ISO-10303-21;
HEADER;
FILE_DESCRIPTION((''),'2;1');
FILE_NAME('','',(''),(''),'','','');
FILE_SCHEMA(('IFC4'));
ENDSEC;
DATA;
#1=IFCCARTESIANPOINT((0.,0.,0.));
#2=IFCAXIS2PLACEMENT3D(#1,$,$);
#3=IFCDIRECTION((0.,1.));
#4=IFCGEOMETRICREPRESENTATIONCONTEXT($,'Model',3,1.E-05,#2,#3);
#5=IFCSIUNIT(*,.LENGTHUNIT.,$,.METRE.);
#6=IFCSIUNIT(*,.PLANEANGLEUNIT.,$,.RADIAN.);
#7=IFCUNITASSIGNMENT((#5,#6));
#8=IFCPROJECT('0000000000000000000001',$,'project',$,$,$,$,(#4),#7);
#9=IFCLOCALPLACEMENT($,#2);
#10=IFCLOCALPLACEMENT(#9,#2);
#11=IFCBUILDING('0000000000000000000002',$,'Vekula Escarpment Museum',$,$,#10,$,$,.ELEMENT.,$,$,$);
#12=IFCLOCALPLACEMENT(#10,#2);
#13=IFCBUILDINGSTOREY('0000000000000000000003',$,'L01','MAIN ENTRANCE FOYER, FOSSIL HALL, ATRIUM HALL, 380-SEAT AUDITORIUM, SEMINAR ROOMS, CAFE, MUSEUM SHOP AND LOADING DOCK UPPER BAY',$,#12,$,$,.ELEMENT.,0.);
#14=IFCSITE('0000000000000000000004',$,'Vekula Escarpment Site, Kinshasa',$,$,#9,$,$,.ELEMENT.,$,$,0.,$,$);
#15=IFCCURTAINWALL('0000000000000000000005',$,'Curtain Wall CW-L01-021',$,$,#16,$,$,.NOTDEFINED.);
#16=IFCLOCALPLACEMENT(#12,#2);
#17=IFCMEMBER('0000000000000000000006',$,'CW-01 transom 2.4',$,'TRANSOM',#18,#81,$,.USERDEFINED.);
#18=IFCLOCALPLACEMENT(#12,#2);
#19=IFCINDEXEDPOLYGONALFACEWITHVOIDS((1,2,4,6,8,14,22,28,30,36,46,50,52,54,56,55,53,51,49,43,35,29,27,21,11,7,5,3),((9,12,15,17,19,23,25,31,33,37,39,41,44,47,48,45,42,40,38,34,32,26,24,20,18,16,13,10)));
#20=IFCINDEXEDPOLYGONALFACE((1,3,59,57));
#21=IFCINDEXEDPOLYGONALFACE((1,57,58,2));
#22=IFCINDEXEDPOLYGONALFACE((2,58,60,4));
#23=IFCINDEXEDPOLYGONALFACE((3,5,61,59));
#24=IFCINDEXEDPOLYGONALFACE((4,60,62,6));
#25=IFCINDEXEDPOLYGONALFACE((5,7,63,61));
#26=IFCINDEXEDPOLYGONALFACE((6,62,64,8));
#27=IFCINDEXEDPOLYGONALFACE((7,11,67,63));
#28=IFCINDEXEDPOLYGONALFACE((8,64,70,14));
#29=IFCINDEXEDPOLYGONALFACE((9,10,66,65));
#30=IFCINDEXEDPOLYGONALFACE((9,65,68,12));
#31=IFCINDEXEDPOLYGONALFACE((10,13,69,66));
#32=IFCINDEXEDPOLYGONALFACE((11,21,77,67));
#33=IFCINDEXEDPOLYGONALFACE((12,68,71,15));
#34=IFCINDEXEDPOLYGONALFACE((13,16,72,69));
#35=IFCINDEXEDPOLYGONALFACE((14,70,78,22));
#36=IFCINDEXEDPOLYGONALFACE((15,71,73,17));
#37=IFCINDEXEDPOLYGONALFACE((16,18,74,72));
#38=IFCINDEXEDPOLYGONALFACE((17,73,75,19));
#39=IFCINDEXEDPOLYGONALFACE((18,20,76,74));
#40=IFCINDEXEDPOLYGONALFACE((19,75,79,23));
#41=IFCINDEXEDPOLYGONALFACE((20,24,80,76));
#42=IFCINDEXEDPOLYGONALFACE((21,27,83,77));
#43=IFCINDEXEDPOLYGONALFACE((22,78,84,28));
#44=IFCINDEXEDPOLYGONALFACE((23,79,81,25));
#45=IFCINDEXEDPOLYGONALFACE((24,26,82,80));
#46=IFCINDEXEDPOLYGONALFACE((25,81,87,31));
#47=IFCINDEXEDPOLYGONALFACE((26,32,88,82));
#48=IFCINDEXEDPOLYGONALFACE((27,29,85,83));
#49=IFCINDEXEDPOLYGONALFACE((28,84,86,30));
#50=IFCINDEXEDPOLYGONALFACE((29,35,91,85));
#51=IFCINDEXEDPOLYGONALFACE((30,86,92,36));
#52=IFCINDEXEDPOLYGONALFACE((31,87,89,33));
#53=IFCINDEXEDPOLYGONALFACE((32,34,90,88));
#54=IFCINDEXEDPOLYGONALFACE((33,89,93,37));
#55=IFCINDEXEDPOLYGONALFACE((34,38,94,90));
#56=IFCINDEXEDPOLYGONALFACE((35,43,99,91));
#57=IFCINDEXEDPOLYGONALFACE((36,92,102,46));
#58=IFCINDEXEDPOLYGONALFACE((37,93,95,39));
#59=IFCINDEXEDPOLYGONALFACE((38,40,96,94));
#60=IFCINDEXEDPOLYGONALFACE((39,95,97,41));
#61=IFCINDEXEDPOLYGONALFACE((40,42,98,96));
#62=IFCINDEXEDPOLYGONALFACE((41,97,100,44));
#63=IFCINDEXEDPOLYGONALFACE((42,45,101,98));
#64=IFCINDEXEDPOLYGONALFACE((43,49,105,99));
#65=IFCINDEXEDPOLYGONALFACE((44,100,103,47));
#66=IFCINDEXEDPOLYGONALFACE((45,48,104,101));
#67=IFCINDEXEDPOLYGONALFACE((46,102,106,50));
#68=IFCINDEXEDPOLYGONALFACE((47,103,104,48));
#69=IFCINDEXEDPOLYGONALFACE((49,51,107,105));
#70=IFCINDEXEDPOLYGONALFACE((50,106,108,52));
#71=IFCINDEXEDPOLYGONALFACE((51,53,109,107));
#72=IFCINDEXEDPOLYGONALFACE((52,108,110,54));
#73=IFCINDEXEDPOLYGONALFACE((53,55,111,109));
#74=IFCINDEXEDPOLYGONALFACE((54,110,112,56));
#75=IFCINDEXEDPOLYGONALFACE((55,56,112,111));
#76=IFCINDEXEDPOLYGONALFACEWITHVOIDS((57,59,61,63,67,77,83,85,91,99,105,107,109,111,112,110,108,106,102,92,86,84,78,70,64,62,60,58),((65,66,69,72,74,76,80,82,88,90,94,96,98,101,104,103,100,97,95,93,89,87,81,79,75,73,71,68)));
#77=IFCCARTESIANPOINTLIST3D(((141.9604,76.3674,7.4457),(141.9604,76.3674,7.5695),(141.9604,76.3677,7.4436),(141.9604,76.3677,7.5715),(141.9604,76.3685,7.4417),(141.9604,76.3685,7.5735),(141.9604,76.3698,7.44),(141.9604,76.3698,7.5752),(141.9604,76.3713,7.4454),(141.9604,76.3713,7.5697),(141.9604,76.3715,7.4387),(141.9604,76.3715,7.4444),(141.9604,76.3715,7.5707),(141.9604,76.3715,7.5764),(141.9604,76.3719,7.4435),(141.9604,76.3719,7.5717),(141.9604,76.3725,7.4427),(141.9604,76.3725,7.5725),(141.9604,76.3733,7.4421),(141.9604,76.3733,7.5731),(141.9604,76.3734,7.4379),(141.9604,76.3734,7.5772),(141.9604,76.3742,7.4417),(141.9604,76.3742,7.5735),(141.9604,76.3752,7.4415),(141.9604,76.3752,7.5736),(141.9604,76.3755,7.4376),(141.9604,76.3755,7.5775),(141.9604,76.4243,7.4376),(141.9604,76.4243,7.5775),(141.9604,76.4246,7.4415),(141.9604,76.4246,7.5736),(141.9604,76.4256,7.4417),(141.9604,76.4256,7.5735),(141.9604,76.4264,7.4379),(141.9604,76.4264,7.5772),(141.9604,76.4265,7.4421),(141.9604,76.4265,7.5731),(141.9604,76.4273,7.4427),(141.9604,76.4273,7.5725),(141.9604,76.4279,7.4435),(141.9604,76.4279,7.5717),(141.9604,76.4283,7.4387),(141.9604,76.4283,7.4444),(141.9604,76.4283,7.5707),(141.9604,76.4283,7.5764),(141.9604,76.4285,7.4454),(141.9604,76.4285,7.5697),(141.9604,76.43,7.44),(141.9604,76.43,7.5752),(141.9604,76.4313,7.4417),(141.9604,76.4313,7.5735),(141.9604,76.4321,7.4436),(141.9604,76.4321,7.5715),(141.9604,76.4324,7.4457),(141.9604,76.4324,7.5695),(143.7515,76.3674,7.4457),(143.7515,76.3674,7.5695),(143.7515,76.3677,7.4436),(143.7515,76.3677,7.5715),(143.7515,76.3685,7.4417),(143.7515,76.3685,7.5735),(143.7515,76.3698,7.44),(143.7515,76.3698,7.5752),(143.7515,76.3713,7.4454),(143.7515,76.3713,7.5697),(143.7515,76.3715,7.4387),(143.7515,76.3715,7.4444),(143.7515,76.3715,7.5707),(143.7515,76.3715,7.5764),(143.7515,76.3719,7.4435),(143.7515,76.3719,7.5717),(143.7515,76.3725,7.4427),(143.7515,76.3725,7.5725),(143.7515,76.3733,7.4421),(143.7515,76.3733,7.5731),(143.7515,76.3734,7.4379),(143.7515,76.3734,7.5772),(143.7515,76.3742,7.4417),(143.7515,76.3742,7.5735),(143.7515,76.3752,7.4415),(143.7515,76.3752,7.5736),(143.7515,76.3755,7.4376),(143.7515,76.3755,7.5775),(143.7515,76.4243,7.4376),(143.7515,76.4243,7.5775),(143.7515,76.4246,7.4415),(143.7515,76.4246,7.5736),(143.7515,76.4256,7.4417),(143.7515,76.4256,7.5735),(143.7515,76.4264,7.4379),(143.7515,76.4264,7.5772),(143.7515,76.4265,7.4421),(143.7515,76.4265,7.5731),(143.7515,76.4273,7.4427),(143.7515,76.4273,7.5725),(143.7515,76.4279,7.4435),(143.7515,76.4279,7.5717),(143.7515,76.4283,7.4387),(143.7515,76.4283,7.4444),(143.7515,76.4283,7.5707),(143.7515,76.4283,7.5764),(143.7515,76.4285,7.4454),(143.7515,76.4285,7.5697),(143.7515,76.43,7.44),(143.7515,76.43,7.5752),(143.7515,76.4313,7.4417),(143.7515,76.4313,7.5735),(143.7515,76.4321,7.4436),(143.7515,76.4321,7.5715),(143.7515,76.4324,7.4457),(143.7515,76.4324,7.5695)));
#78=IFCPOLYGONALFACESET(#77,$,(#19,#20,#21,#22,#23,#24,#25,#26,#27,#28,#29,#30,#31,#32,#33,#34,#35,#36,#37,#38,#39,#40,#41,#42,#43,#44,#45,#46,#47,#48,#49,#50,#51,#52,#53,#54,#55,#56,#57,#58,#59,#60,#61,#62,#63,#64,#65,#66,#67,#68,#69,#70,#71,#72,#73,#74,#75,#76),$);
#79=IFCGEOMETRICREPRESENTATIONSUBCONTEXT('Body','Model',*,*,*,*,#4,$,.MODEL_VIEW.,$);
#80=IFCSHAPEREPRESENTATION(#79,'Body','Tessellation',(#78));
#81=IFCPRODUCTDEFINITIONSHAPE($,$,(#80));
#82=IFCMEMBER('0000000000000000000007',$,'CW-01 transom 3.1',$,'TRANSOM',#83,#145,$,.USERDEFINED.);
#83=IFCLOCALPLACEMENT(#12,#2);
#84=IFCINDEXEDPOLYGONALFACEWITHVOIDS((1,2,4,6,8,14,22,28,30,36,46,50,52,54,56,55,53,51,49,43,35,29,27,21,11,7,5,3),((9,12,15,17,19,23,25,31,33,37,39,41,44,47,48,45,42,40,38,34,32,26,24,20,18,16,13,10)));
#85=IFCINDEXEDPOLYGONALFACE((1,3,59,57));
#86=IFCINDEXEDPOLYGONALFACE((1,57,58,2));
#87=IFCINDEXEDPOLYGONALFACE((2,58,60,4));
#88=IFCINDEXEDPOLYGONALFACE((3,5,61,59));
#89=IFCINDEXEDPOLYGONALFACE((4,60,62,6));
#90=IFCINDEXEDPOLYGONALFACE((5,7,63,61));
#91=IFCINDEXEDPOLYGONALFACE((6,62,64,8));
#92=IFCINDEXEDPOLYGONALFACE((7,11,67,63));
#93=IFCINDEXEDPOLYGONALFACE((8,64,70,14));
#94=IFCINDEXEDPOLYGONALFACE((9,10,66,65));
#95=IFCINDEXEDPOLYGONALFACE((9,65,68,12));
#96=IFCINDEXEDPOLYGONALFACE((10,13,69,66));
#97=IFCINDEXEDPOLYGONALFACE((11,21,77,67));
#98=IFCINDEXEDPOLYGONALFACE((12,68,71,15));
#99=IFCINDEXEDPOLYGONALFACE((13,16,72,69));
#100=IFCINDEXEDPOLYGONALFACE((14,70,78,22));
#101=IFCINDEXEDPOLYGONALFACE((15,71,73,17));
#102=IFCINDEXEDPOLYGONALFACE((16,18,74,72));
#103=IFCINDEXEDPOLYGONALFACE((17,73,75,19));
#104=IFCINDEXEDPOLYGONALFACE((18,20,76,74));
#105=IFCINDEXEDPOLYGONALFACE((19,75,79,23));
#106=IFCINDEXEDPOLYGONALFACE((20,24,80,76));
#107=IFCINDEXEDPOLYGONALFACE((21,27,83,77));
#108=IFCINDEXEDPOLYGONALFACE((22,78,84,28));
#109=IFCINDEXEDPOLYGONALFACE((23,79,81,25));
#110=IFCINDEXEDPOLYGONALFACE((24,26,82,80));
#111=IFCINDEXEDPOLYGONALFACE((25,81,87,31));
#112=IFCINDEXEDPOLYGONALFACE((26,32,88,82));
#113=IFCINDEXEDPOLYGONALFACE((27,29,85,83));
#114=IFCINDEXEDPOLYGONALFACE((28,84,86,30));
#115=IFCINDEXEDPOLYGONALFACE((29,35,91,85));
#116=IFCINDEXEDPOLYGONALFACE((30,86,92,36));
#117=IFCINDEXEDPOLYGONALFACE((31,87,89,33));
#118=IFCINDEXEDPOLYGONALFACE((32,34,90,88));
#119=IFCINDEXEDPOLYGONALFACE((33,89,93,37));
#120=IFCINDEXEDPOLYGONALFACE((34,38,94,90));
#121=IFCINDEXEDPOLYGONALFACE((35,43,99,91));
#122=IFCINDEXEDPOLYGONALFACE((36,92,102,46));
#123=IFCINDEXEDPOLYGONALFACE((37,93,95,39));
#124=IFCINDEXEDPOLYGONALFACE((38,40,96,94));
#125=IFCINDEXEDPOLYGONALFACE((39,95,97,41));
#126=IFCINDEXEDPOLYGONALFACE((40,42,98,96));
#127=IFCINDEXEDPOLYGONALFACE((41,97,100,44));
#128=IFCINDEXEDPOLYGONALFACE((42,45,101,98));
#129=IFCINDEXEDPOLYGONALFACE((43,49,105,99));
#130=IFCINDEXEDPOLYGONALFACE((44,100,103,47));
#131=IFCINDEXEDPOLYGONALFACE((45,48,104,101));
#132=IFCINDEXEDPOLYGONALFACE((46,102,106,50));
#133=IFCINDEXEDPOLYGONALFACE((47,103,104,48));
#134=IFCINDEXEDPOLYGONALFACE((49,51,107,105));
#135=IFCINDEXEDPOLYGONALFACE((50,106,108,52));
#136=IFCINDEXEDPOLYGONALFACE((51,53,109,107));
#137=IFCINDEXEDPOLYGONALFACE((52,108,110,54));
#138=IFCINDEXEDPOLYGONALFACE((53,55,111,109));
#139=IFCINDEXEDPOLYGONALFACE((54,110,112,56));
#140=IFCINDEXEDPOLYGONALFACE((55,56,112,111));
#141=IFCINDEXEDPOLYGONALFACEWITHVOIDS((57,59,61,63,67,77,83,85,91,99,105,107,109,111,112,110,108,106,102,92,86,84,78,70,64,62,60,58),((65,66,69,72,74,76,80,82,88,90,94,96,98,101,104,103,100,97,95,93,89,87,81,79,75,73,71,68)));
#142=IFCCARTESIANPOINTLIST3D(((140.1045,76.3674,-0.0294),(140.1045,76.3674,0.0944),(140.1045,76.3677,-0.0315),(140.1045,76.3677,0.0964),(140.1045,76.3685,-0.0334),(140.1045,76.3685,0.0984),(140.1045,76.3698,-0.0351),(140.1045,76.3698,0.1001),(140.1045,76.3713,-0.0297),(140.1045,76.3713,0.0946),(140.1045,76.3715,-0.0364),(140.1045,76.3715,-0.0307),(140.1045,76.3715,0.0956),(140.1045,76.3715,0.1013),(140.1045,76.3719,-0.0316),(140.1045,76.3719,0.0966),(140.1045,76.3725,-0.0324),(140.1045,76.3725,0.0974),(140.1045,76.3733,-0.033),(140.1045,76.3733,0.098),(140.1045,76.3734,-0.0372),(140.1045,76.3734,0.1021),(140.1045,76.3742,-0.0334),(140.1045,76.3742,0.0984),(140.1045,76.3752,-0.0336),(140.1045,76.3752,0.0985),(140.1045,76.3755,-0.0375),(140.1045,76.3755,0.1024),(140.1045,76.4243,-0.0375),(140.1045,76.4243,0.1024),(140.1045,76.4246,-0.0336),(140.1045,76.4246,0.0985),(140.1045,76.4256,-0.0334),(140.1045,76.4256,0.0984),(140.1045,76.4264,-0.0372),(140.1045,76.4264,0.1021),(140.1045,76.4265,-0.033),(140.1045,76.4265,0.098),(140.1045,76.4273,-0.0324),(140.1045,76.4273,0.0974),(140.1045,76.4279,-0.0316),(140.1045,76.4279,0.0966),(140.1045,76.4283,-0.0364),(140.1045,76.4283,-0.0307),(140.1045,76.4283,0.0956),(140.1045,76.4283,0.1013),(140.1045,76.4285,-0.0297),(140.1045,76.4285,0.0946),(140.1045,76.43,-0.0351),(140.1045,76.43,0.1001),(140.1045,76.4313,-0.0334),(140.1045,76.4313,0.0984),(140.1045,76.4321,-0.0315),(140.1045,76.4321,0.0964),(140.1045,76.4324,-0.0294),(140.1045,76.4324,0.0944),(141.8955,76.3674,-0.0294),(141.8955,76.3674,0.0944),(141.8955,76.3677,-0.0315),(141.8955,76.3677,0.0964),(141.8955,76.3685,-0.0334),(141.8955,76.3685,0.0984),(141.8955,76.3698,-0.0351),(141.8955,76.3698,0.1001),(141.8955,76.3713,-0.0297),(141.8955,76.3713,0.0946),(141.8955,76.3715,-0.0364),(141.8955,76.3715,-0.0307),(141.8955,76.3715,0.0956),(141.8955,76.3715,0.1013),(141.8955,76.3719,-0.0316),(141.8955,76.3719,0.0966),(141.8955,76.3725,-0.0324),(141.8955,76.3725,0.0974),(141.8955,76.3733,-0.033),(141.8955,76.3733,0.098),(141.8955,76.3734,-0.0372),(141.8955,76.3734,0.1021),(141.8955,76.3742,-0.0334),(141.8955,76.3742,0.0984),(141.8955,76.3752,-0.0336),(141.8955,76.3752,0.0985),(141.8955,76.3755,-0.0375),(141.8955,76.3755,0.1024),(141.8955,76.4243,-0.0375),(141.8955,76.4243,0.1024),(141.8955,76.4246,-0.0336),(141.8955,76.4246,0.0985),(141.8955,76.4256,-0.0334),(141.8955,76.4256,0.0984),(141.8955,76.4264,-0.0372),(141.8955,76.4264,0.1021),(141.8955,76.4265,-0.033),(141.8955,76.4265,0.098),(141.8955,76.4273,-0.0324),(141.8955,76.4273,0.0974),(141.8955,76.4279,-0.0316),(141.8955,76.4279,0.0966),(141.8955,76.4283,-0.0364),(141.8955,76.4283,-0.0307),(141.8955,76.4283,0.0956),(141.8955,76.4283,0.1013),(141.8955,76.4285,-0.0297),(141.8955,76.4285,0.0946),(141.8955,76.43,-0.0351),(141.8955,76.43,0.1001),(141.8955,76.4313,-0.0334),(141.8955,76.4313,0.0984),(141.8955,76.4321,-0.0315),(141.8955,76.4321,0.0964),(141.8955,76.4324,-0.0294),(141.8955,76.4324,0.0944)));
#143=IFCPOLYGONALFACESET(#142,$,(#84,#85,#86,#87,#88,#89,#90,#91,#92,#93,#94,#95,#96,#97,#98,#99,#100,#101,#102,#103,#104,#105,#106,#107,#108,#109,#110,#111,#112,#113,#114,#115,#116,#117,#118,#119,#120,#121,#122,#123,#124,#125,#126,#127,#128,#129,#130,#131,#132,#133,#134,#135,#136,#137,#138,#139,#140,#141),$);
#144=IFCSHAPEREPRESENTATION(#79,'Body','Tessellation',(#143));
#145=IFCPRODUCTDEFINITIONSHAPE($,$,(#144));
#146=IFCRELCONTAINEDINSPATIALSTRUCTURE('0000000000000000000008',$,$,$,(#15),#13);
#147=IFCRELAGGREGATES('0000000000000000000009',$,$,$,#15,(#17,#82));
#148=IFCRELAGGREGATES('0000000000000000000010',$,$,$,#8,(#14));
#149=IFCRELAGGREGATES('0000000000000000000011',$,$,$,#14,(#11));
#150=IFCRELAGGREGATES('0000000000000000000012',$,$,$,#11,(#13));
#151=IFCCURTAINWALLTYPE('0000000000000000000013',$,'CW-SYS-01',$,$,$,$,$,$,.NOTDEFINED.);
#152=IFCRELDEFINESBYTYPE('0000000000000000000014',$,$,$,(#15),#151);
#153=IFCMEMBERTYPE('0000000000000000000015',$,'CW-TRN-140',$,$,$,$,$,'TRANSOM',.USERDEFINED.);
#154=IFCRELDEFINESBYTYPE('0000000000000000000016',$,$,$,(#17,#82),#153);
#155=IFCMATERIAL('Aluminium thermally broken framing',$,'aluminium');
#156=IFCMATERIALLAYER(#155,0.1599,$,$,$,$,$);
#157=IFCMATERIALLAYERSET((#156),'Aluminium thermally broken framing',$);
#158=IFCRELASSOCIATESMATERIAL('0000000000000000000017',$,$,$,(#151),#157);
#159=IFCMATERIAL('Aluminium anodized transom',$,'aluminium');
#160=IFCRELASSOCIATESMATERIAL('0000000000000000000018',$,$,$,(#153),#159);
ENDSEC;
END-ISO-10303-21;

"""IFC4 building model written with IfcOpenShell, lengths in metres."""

from ifc_helpers import new_model, si_unit, direction, frame, origin, origin_2d, place, context, subcontext, project, spatial, hollow_rectangle, extrude, material, layer, layer_set, material_profile, profile_set, type_object, element, aggregate, save


model = new_model("IFC4")

# Units and contexts
model_context = context("Model", 3, precision=1e-05, world=origin(), true_north=direction((0.0, 1.0)))
body_context = subcontext(model_context, "Body", "Model", "MODEL_VIEW")
ifc_project = project(units=[si_unit("LENGTHUNIT", "METRE"), si_unit("PLANEANGLEUNIT", "RADIAN")], contexts=[model_context])

# Site, building, storey
site_placement = place(None, origin())
site = spatial("IfcSite", under=ifc_project, at=site_placement, Name="Vekula Escarpment Site, Kinshasa", CompositionType="ELEMENT", RefElevation=0.0)
building_placement = place(site_placement, origin())
building = spatial("IfcBuilding", under=site, at=building_placement, Name="Vekula Escarpment Museum", CompositionType="ELEMENT")
storey_placement = place(building_placement, origin())
storey = spatial("IfcBuildingStorey", under=building, at=storey_placement, Name="L01", Description="MAIN ENTRANCE FOYER, FOSSIL HALL, ATRIUM HALL, 380-SEAT AUDITORIUM, SEMINAR ROOMS, CAFE, MUSEUM SHOP AND LOADING DOCK UPPER BAY", CompositionType="ELEMENT", Elevation=0.0)

# Curtain wall, members
ifc_material_1 = material(Name="Aluminium thermally broken framing", Category="aluminium")
ifc_layer_1 = layer(ifc_material_1, 0.1599)
ifc_layer_set_1 = layer_set([ifc_layer_1], Name="Aluminium thermally broken framing")
curtain_wall_type = type_object("IfcCurtainWallType", Name="CW-SYS-01", PredefinedType="NOTDEFINED", material=ifc_layer_set_1)
curtain_wall_placement = place(storey_placement, origin())
curtain_wall = element("IfcCurtainWall", 1, at=curtain_wall_placement, inside=storey, type_object=curtain_wall_type, Name="Curtain Wall CW-L01-021", PredefinedType="NOTDEFINED")
ifc_material_2 = material(Name="Aluminium anodized transom", Category="aluminium")
ifc_material_profile_1 = material_profile(ifc_material_2, hollow_rectangle(XDim=0.0649, YDim=0.1399, WallThickness=0.0039, InnerFilletRadius=0.0039, OuterFilletRadius=0.0081, at=origin_2d()), Name="ALU 140x65x4")
ifc_profile_set_1 = profile_set([ifc_material_profile_1], Name="Aluminium anodized transom")
member_type_1 = type_object("IfcMemberType", Name="CW-TRN-140", ElementType="TRANSOM", PredefinedType="USERDEFINED", material=ifc_profile_set_1)
member_1_placement = place(storey_placement, frame((143.7515, 76.3999, 7.5076), z_axis=(-1.0, 0.0, 0.0), x_axis=(0.0, -1.0, 0.0)))
member_1 = element("IfcMember", 2, at=member_1_placement, type_object=member_type_1, Name="CW-01 transom 2.4", ObjectType="TRANSOM", PredefinedType="USERDEFINED", context=body_context, shape_type="SweptSolid", body=[
    extrude(hollow_rectangle(XDim=0.0649, YDim=0.1399, WallThickness=0.0039, InnerFilletRadius=0.0039, OuterFilletRadius=0.0081, at=origin_2d()), origin(), (0.0, 0.0, 1.0), 1.791),
])
member_2_placement = place(storey_placement, frame((141.8955, 76.3999, 0.0325), z_axis=(-1.0, 0.0, 0.0), x_axis=(0.0, -1.0, 0.0)))
member_2 = element("IfcMember", 3, at=member_2_placement, type_object=member_type_1, Name="CW-01 transom 3.1", ObjectType="TRANSOM", PredefinedType="USERDEFINED", context=body_context, shape_type="SweptSolid", body=[
    extrude(hollow_rectangle(XDim=0.0649, YDim=0.1399, WallThickness=0.0039, InnerFilletRadius=0.0039, OuterFilletRadius=0.0081, at=origin_2d()), origin(), (0.0, 0.0, 1.0), 1.791),
])
aggregate(curtain_wall, [member_1, member_2])

save(model, "model.ifc")
